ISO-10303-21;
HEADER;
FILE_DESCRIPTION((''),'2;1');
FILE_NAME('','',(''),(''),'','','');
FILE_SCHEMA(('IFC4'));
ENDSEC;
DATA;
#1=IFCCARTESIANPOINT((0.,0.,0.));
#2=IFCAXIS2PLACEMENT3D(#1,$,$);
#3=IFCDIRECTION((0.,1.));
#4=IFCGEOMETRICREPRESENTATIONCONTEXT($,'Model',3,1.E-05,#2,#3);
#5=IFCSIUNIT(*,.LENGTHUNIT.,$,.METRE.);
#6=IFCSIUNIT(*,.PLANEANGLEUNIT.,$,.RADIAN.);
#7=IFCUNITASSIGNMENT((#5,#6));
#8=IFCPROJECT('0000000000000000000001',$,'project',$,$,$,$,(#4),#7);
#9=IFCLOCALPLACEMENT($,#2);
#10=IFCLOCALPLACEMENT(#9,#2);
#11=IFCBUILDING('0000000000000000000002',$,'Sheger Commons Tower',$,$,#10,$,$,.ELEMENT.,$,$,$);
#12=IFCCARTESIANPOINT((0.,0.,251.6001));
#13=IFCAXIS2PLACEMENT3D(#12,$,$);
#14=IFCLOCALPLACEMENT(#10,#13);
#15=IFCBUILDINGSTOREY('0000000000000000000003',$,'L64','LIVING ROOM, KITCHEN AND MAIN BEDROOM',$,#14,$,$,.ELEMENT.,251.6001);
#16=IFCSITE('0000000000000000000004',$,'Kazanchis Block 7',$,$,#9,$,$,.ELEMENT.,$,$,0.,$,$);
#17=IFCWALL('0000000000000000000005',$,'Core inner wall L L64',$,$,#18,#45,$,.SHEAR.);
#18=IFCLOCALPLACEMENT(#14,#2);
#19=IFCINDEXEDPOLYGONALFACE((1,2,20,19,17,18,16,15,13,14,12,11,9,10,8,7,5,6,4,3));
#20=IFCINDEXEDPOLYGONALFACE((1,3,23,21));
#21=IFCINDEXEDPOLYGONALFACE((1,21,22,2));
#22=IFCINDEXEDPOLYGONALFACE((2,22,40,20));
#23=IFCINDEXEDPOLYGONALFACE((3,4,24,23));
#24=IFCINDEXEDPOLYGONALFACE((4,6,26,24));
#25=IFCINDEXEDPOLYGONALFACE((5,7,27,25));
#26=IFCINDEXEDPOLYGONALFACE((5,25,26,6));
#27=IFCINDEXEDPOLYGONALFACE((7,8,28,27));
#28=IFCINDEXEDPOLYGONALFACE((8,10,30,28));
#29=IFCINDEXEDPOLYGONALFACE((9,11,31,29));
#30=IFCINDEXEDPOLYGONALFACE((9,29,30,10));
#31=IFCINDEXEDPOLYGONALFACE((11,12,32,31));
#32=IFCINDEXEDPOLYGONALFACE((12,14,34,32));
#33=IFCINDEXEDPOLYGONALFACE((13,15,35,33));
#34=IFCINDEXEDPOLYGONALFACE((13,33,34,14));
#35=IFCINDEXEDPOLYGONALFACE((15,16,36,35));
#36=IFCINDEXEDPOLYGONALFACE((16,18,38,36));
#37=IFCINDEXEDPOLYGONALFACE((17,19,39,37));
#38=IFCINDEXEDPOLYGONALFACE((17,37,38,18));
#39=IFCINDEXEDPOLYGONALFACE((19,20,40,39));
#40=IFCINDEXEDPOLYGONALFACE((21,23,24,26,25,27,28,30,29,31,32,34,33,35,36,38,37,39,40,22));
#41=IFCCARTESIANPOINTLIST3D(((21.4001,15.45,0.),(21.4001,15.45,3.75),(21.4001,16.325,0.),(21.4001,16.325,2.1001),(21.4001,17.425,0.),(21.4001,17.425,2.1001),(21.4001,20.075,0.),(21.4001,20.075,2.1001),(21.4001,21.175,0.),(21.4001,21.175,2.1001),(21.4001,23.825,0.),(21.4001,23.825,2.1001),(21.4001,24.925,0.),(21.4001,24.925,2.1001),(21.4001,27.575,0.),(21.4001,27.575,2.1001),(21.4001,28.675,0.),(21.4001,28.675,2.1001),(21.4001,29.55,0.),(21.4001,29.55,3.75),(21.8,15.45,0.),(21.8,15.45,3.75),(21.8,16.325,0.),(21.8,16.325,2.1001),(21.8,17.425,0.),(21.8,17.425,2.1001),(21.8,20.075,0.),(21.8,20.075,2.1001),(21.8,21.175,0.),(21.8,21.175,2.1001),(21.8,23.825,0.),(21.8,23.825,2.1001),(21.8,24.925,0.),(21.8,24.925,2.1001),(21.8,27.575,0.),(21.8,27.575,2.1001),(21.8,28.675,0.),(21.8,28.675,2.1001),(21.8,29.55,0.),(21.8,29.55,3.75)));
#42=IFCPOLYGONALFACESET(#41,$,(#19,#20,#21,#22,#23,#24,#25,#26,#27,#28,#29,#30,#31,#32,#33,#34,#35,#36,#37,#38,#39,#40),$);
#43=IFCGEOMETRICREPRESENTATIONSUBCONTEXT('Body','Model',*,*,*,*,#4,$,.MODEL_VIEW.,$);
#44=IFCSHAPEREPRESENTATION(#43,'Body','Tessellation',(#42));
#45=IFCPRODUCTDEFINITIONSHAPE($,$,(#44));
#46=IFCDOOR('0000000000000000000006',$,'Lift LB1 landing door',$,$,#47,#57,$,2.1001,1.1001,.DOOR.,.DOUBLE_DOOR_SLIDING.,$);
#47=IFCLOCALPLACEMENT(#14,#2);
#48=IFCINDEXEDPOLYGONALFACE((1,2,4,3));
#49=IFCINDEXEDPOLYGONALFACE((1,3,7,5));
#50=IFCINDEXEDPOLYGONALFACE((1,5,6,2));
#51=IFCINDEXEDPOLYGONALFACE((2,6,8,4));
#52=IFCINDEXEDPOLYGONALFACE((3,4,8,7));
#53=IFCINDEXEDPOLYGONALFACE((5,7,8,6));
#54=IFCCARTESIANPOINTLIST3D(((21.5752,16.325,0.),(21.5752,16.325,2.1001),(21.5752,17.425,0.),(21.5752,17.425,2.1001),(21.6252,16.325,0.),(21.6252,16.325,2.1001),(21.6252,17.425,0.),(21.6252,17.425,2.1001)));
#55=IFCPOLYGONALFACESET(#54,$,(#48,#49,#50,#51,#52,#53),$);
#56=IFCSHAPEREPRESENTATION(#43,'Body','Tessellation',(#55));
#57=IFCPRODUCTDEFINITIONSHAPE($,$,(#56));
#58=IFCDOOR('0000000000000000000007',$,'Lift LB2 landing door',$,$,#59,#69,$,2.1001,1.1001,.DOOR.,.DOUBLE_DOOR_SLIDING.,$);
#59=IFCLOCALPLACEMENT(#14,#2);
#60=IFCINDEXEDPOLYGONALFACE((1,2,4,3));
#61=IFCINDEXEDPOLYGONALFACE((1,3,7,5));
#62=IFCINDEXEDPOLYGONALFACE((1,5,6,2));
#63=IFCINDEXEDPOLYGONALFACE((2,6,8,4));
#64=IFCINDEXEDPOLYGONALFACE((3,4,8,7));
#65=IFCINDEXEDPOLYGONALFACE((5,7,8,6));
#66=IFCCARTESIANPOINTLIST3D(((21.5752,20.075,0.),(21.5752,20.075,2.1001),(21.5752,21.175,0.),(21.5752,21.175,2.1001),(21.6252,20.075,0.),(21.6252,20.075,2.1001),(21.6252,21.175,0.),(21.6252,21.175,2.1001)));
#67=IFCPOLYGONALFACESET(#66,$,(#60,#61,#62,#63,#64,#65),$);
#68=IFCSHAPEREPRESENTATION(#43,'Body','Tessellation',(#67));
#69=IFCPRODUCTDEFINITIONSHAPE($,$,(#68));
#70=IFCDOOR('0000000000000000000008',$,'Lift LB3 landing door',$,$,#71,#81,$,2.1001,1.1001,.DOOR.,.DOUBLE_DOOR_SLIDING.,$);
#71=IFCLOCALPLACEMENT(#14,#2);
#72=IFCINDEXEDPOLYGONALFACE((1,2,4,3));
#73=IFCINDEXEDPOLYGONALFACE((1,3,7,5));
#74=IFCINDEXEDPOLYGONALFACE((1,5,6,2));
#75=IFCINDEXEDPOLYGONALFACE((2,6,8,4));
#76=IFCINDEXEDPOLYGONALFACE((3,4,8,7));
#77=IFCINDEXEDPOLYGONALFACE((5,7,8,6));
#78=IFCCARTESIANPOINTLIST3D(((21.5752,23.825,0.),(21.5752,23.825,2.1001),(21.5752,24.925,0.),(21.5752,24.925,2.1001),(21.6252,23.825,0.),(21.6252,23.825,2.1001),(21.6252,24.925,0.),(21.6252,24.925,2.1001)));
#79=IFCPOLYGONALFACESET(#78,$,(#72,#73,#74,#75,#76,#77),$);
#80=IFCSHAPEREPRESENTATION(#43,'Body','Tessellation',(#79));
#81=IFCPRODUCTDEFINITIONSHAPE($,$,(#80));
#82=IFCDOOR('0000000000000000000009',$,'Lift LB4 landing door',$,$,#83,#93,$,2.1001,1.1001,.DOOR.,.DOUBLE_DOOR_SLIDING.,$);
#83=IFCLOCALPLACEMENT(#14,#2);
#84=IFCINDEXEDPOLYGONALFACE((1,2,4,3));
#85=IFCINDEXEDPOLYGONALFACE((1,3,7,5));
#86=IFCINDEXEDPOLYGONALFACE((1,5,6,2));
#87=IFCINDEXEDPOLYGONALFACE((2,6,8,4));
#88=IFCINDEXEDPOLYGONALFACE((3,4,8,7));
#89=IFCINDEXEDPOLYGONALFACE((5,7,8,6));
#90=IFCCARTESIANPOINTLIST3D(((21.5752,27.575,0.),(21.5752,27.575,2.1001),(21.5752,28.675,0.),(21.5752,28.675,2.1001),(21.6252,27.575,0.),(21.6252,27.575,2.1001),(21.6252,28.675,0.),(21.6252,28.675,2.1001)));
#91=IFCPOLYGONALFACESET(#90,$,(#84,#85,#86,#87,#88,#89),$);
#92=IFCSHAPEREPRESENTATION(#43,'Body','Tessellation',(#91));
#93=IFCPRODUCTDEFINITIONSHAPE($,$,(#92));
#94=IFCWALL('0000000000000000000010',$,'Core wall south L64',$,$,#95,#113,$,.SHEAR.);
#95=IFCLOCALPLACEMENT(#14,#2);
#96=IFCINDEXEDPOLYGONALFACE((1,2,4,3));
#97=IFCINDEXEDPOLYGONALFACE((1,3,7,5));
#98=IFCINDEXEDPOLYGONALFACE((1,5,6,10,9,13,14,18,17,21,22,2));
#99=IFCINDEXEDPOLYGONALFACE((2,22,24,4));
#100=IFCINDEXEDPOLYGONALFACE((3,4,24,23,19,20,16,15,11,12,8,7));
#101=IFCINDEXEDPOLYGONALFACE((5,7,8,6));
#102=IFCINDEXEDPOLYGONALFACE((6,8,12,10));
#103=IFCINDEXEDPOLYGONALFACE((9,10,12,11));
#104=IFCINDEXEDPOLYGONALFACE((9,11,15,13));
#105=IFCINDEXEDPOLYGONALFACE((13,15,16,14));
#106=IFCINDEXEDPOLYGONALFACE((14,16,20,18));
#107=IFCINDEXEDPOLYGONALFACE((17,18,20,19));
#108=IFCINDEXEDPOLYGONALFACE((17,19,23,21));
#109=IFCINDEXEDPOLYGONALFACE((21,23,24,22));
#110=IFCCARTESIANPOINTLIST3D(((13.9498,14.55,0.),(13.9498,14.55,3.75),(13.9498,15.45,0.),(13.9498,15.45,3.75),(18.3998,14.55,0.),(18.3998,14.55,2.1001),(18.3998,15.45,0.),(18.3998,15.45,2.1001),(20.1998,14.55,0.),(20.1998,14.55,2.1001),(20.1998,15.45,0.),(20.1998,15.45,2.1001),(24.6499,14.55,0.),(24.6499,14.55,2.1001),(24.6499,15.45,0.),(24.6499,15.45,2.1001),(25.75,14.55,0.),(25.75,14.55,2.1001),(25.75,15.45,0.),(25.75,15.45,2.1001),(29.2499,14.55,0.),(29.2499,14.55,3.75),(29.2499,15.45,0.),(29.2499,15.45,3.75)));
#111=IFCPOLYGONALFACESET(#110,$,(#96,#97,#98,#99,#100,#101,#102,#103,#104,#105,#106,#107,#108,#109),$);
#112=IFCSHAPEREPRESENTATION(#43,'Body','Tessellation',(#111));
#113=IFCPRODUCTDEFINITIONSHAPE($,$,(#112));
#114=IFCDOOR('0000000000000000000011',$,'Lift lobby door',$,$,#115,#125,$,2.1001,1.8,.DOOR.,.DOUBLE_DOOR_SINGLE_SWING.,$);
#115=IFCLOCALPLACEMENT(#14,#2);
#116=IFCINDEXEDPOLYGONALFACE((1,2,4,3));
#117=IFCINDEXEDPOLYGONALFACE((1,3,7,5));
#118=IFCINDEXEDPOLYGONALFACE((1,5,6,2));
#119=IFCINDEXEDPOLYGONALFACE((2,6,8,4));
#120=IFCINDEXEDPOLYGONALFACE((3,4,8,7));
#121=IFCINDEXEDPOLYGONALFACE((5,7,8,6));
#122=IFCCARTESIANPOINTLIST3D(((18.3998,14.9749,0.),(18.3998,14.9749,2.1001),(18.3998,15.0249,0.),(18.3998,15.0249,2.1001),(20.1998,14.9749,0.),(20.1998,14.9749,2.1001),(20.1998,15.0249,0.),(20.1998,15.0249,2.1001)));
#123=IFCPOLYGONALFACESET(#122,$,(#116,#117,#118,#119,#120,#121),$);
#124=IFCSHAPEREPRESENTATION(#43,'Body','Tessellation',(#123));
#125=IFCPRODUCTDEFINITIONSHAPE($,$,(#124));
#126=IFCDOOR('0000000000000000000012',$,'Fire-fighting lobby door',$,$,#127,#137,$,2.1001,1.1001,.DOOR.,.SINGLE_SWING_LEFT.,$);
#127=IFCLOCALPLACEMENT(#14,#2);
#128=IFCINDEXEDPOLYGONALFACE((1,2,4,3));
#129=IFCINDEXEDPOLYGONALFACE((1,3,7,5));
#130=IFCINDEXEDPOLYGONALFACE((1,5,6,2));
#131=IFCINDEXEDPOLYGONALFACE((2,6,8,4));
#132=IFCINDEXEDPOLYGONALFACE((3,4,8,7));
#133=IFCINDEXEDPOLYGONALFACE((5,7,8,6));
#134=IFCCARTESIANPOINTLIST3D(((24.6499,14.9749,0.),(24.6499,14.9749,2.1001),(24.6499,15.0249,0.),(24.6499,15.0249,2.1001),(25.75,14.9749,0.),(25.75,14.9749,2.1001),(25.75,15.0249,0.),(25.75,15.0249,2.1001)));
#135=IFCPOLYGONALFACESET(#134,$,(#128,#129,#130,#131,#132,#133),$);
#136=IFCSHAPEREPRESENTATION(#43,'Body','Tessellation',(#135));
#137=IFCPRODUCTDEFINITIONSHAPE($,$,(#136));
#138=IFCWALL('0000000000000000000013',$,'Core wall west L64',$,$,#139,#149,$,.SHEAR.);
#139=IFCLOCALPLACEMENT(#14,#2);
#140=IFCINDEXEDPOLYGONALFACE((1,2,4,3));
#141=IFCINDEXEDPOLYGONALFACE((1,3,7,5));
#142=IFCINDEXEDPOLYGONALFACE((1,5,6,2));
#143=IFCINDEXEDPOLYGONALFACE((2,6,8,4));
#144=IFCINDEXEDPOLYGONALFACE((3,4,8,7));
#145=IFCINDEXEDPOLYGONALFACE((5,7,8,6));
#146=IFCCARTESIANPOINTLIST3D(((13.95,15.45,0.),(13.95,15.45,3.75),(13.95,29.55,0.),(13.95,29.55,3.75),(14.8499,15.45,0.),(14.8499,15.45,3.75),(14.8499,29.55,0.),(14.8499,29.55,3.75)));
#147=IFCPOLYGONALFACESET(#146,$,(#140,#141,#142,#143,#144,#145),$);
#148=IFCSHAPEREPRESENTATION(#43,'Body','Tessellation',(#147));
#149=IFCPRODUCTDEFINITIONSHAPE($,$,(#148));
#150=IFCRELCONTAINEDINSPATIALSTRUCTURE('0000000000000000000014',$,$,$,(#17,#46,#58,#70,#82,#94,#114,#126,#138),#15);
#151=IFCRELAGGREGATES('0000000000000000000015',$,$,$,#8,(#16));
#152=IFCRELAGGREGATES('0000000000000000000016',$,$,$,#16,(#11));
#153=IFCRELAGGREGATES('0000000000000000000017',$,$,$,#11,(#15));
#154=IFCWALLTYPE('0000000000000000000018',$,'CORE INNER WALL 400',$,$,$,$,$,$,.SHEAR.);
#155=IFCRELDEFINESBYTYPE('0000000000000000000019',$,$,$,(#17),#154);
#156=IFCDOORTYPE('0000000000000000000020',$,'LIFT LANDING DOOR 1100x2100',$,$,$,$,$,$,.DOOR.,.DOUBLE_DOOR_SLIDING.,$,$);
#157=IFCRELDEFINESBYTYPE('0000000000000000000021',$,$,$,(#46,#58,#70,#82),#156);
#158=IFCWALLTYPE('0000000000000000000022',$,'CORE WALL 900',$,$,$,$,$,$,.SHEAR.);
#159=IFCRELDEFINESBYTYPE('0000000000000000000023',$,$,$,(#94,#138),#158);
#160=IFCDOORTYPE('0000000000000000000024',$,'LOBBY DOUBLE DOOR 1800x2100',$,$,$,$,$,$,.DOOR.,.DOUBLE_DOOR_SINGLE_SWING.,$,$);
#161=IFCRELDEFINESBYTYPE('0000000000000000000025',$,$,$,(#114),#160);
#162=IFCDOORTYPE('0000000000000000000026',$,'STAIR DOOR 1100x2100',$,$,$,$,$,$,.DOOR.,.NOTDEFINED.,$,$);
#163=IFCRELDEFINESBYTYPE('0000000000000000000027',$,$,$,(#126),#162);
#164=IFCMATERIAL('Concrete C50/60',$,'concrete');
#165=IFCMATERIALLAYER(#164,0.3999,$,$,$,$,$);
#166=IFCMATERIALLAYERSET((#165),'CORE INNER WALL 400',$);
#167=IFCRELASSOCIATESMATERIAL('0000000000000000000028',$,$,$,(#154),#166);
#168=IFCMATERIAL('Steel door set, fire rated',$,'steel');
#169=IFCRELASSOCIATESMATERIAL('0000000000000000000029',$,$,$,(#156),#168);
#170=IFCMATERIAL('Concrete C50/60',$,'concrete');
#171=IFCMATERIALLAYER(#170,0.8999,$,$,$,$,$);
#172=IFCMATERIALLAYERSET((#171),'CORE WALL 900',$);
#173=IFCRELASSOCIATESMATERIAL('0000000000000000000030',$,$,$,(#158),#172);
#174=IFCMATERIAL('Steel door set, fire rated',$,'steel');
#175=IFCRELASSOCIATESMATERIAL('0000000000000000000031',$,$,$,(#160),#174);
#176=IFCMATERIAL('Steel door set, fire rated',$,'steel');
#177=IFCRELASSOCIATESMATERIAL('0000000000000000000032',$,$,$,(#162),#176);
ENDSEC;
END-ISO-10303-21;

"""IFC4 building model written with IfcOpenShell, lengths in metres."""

from ifc_helpers import new_model, si_unit, direction, frame, frame_2d, origin, place, context, subcontext, project, spatial, rectangle, extrude, material, layer, layer_set, type_object, element, fill, save


model = new_model("IFC4")

# Units and contexts
model_context = context("Model", 3, precision=1e-05, world=origin(), true_north=direction((0.0, 1.0)))
body_context = subcontext(model_context, "Body", "Model", "MODEL_VIEW")
ifc_project = project(units=[si_unit("LENGTHUNIT", "METRE"), si_unit("PLANEANGLEUNIT", "RADIAN")], contexts=[model_context])

# Site, building, storey
site_placement = place(None, origin())
site = spatial("IfcSite", under=ifc_project, at=site_placement, Name="Kazanchis Block 7", CompositionType="ELEMENT", RefElevation=0.0)
building_placement = place(site_placement, origin())
building = spatial("IfcBuilding", under=site, at=building_placement, Name="Sheger Commons Tower", CompositionType="ELEMENT")
storey_placement = place(building_placement, frame((0.0, 0.0, 251.6001)))
storey = spatial("IfcBuildingStorey", under=building, at=storey_placement, Name="L64", Description="LIVING ROOM, KITCHEN AND MAIN BEDROOM", CompositionType="ELEMENT", Elevation=251.6001)

# Walls, openings, doors
ifc_material_1 = material(Name="Concrete C50/60", Category="concrete")
ifc_layer_1 = layer(ifc_material_1, 0.3999)
ifc_layer_set_1 = layer_set([ifc_layer_1], Name="CORE INNER WALL 400")
wall_type_1 = type_object("IfcWallType", Name="CORE INNER WALL 400", PredefinedType="SHEAR", material=ifc_layer_set_1)
wall_1_placement = place(storey_placement, frame((21.6001, 15.45, 0.0), z_axis=(0.0, 0.0, 1.0), x_axis=(0.0, 1.0, 0.0)))
wall_1 = element("IfcWall", 1, at=wall_1_placement, inside=storey, type_object=wall_type_1, Name="Core inner wall L L64", PredefinedType="SHEAR", context=body_context, shape_type="SweptSolid", body=[
    extrude(rectangle(XDim=14.1001, YDim=0.3999, at=frame_2d((7.05, 0.0))), origin(), (0.0, 0.0, 1.0), 3.75),
])
opening_1_placement = place(wall_1_placement, frame((0.875, 0.0, 0.0)))
opening_1 = element("IfcOpeningElement", 2, at=opening_1_placement, cuts=wall_1, PredefinedType="OPENING", context=body_context, shape_type="SweptSolid", body=[
    extrude(rectangle(XDim=1.1001, YDim=2.1001, at=frame_2d((0.55, 1.05))), frame((0.0, 0.21, 0.0), z_axis=(0.0, -1.0, 0.0), x_axis=(1.0, 0.0, 0.0)), (0.0, 0.0, 1.0), 0.4199),
])
opening_2_placement = place(wall_1_placement, frame((4.625, 0.0, 0.0)))
opening_2 = element("IfcOpeningElement", 3, at=opening_2_placement, cuts=wall_1, PredefinedType="OPENING", context=body_context, shape_type="SweptSolid", body=[
    extrude(rectangle(XDim=1.1001, YDim=2.1001, at=frame_2d((0.55, 1.05))), frame((0.0, 0.21, 0.0), z_axis=(0.0, -1.0, 0.0), x_axis=(1.0, 0.0, 0.0)), (0.0, 0.0, 1.0), 0.4199),
])
opening_3_placement = place(wall_1_placement, frame((8.375, 0.0, 0.0)))
opening_3 = element("IfcOpeningElement", 4, at=opening_3_placement, cuts=wall_1, PredefinedType="OPENING", context=body_context, shape_type="SweptSolid", body=[
    extrude(rectangle(XDim=1.1001, YDim=2.1001, at=frame_2d((0.55, 1.05))), frame((0.0, 0.21, 0.0), z_axis=(0.0, -1.0, 0.0), x_axis=(1.0, 0.0, 0.0)), (0.0, 0.0, 1.0), 0.4199),
])
opening_4_placement = place(wall_1_placement, frame((12.125, 0.0, 0.0)))
opening_4 = element("IfcOpeningElement", 5, at=opening_4_placement, cuts=wall_1, PredefinedType="OPENING", context=body_context, shape_type="SweptSolid", body=[
    extrude(rectangle(XDim=1.1001, YDim=2.1001, at=frame_2d((0.55, 1.05))), frame((0.0, 0.21, 0.0), z_axis=(0.0, -1.0, 0.0), x_axis=(1.0, 0.0, 0.0)), (0.0, 0.0, 1.0), 0.4199),
])
ifc_material_2 = material(Name="Steel door set, fire rated", Category="steel")
door_type_1 = type_object("IfcDoorType", Name="LIFT LANDING DOOR 1100x2100", OperationType="DOUBLE_DOOR_SLIDING", PredefinedType="DOOR", material=ifc_material_2)
door_1_placement = place(opening_1_placement, origin())
door_1 = element("IfcDoor", 6, at=door_1_placement, inside=storey, type_object=door_type_1, Name="Lift LB1 landing door", OperationType="DOUBLE_DOOR_SLIDING", OverallHeight=2.1001, OverallWidth=1.1001, PredefinedType="DOOR", context=body_context, shape_type="SweptSolid", body=[
    extrude(rectangle(XDim=1.1001, YDim=2.1001, at=frame_2d((0.55, 1.05))), frame((0.0, 0.0249, 0.0), z_axis=(0.0, -1.0, 0.0), x_axis=(1.0, 0.0, 0.0)), (0.0, 0.0, 1.0), 0.05),
])
fill(opening_1, door_1)
door_2_placement = place(opening_2_placement, origin())
door_2 = element("IfcDoor", 7, at=door_2_placement, inside=storey, type_object=door_type_1, Name="Lift LB2 landing door", OperationType="DOUBLE_DOOR_SLIDING", OverallHeight=2.1001, OverallWidth=1.1001, PredefinedType="DOOR", context=body_context, shape_type="SweptSolid", body=[
    extrude(rectangle(XDim=1.1001, YDim=2.1001, at=frame_2d((0.55, 1.05))), frame((0.0, 0.0249, 0.0), z_axis=(0.0, -1.0, 0.0), x_axis=(1.0, 0.0, 0.0)), (0.0, 0.0, 1.0), 0.05),
])
fill(opening_2, door_2)
door_3_placement = place(opening_3_placement, origin())
door_3 = element("IfcDoor", 8, at=door_3_placement, inside=storey, type_object=door_type_1, Name="Lift LB3 landing door", OperationType="DOUBLE_DOOR_SLIDING", OverallHeight=2.1001, OverallWidth=1.1001, PredefinedType="DOOR", context=body_context, shape_type="SweptSolid", body=[
    extrude(rectangle(XDim=1.1001, YDim=2.1001, at=frame_2d((0.55, 1.05))), frame((0.0, 0.0249, 0.0), z_axis=(0.0, -1.0, 0.0), x_axis=(1.0, 0.0, 0.0)), (0.0, 0.0, 1.0), 0.05),
])
fill(opening_3, door_3)
door_4_placement = place(opening_4_placement, origin())
door_4 = element("IfcDoor", 9, at=door_4_placement, inside=storey, type_object=door_type_1, Name="Lift LB4 landing door", OperationType="DOUBLE_DOOR_SLIDING", OverallHeight=2.1001, OverallWidth=1.1001, PredefinedType="DOOR", context=body_context, shape_type="SweptSolid", body=[
    extrude(rectangle(XDim=1.1001, YDim=2.1001, at=frame_2d((0.55, 1.05))), frame((0.0, 0.0249, 0.0), z_axis=(0.0, -1.0, 0.0), x_axis=(1.0, 0.0, 0.0)), (0.0, 0.0, 1.0), 0.05),
])
fill(opening_4, door_4)
ifc_material_3 = material(Name="Concrete C50/60", Category="concrete")
ifc_layer_2 = layer(ifc_material_3, 0.8999)
ifc_layer_set_2 = layer_set([ifc_layer_2], Name="CORE WALL 900")
wall_type_2 = type_object("IfcWallType", Name="CORE WALL 900", PredefinedType="SHEAR", material=ifc_layer_set_2)
wall_2_placement = place(storey_placement, frame((13.95, 15.0, 0.0), z_axis=(0.0, 0.0, 1.0), x_axis=(1.0, 0.0, 0.0)))
wall_2 = element("IfcWall", 10, at=wall_2_placement, inside=storey, type_object=wall_type_2, Name="Core wall south L64", PredefinedType="SHEAR", context=body_context, shape_type="SweptSolid", body=[
    extrude(rectangle(XDim=15.3, YDim=0.8999, at=frame_2d((7.6499, 0.0))), origin(), (0.0, 0.0, 1.0), 3.75),
])
opening_5_placement = place(wall_2_placement, frame((4.45, 0.0, 0.0)))
opening_5 = element("IfcOpeningElement", 11, at=opening_5_placement, cuts=wall_2, PredefinedType="OPENING", context=body_context, shape_type="SweptSolid", body=[
    extrude(rectangle(XDim=1.8, YDim=2.1001, at=frame_2d((0.8999, 1.05))), frame((0.0, 0.46, 0.0), z_axis=(0.0, -1.0, 0.0), x_axis=(1.0, 0.0, 0.0)), (0.0, 0.0, 1.0), 0.9199),
])
opening_6_placement = place(wall_2_placement, frame((10.7, 0.0, 0.0)))
opening_6 = element("IfcOpeningElement", 12, at=opening_6_placement, cuts=wall_2, PredefinedType="OPENING", context=body_context, shape_type="SweptSolid", body=[
    extrude(rectangle(XDim=1.1001, YDim=2.1001, at=frame_2d((0.55, 1.05))), frame((0.0, 0.46, 0.0), z_axis=(0.0, -1.0, 0.0), x_axis=(1.0, 0.0, 0.0)), (0.0, 0.0, 1.0), 0.9199),
])
ifc_material_4 = material(Name="Steel door set, fire rated", Category="steel")
door_type_2 = type_object("IfcDoorType", Name="LOBBY DOUBLE DOOR 1800x2100", OperationType="DOUBLE_DOOR_SINGLE_SWING", PredefinedType="DOOR", material=ifc_material_4)
door_5_placement = place(opening_5_placement, origin())
door_5 = element("IfcDoor", 13, at=door_5_placement, inside=storey, type_object=door_type_2, Name="Lift lobby door", OperationType="DOUBLE_DOOR_SINGLE_SWING", OverallHeight=2.1001, OverallWidth=1.8, PredefinedType="DOOR", context=body_context, shape_type="SweptSolid", body=[
    extrude(rectangle(XDim=1.8, YDim=2.1001, at=frame_2d((0.8999, 1.05))), frame((0.0, 0.0249, 0.0), z_axis=(0.0, -1.0, 0.0), x_axis=(1.0, 0.0, 0.0)), (0.0, 0.0, 1.0), 0.05),
])
fill(opening_5, door_5)
ifc_material_5 = material(Name="Steel door set, fire rated", Category="steel")
door_type_3 = type_object("IfcDoorType", Name="STAIR DOOR 1100x2100", OperationType="NOTDEFINED", PredefinedType="DOOR", material=ifc_material_5)
door_6_placement = place(opening_6_placement, origin())
door_6 = element("IfcDoor", 14, at=door_6_placement, inside=storey, type_object=door_type_3, Name="Fire-fighting lobby door", OperationType="SINGLE_SWING_LEFT", OverallHeight=2.1001, OverallWidth=1.1001, PredefinedType="DOOR", context=body_context, shape_type="SweptSolid", body=[
    extrude(rectangle(XDim=1.1001, YDim=2.1001, at=frame_2d((0.55, 1.05))), frame((0.0, 0.0249, 0.0), z_axis=(0.0, -1.0, 0.0), x_axis=(1.0, 0.0, 0.0)), (0.0, 0.0, 1.0), 0.05),
])
fill(opening_6, door_6)

# Wall
wall_3_placement = place(storey_placement, frame((14.3999, 15.45, 0.0), z_axis=(0.0, 0.0, 1.0), x_axis=(0.0, 1.0, 0.0)))
element("IfcWall", 15, at=wall_3_placement, inside=storey, type_object=wall_type_2, Name="Core wall west L64", PredefinedType="SHEAR", context=body_context, shape_type="SweptSolid", body=[
    extrude(rectangle(XDim=14.1001, YDim=0.8999, at=frame_2d((7.05, 0.0))), origin(), (0.0, 0.0, 1.0), 3.75),
])

save(model, "model.ifc")
